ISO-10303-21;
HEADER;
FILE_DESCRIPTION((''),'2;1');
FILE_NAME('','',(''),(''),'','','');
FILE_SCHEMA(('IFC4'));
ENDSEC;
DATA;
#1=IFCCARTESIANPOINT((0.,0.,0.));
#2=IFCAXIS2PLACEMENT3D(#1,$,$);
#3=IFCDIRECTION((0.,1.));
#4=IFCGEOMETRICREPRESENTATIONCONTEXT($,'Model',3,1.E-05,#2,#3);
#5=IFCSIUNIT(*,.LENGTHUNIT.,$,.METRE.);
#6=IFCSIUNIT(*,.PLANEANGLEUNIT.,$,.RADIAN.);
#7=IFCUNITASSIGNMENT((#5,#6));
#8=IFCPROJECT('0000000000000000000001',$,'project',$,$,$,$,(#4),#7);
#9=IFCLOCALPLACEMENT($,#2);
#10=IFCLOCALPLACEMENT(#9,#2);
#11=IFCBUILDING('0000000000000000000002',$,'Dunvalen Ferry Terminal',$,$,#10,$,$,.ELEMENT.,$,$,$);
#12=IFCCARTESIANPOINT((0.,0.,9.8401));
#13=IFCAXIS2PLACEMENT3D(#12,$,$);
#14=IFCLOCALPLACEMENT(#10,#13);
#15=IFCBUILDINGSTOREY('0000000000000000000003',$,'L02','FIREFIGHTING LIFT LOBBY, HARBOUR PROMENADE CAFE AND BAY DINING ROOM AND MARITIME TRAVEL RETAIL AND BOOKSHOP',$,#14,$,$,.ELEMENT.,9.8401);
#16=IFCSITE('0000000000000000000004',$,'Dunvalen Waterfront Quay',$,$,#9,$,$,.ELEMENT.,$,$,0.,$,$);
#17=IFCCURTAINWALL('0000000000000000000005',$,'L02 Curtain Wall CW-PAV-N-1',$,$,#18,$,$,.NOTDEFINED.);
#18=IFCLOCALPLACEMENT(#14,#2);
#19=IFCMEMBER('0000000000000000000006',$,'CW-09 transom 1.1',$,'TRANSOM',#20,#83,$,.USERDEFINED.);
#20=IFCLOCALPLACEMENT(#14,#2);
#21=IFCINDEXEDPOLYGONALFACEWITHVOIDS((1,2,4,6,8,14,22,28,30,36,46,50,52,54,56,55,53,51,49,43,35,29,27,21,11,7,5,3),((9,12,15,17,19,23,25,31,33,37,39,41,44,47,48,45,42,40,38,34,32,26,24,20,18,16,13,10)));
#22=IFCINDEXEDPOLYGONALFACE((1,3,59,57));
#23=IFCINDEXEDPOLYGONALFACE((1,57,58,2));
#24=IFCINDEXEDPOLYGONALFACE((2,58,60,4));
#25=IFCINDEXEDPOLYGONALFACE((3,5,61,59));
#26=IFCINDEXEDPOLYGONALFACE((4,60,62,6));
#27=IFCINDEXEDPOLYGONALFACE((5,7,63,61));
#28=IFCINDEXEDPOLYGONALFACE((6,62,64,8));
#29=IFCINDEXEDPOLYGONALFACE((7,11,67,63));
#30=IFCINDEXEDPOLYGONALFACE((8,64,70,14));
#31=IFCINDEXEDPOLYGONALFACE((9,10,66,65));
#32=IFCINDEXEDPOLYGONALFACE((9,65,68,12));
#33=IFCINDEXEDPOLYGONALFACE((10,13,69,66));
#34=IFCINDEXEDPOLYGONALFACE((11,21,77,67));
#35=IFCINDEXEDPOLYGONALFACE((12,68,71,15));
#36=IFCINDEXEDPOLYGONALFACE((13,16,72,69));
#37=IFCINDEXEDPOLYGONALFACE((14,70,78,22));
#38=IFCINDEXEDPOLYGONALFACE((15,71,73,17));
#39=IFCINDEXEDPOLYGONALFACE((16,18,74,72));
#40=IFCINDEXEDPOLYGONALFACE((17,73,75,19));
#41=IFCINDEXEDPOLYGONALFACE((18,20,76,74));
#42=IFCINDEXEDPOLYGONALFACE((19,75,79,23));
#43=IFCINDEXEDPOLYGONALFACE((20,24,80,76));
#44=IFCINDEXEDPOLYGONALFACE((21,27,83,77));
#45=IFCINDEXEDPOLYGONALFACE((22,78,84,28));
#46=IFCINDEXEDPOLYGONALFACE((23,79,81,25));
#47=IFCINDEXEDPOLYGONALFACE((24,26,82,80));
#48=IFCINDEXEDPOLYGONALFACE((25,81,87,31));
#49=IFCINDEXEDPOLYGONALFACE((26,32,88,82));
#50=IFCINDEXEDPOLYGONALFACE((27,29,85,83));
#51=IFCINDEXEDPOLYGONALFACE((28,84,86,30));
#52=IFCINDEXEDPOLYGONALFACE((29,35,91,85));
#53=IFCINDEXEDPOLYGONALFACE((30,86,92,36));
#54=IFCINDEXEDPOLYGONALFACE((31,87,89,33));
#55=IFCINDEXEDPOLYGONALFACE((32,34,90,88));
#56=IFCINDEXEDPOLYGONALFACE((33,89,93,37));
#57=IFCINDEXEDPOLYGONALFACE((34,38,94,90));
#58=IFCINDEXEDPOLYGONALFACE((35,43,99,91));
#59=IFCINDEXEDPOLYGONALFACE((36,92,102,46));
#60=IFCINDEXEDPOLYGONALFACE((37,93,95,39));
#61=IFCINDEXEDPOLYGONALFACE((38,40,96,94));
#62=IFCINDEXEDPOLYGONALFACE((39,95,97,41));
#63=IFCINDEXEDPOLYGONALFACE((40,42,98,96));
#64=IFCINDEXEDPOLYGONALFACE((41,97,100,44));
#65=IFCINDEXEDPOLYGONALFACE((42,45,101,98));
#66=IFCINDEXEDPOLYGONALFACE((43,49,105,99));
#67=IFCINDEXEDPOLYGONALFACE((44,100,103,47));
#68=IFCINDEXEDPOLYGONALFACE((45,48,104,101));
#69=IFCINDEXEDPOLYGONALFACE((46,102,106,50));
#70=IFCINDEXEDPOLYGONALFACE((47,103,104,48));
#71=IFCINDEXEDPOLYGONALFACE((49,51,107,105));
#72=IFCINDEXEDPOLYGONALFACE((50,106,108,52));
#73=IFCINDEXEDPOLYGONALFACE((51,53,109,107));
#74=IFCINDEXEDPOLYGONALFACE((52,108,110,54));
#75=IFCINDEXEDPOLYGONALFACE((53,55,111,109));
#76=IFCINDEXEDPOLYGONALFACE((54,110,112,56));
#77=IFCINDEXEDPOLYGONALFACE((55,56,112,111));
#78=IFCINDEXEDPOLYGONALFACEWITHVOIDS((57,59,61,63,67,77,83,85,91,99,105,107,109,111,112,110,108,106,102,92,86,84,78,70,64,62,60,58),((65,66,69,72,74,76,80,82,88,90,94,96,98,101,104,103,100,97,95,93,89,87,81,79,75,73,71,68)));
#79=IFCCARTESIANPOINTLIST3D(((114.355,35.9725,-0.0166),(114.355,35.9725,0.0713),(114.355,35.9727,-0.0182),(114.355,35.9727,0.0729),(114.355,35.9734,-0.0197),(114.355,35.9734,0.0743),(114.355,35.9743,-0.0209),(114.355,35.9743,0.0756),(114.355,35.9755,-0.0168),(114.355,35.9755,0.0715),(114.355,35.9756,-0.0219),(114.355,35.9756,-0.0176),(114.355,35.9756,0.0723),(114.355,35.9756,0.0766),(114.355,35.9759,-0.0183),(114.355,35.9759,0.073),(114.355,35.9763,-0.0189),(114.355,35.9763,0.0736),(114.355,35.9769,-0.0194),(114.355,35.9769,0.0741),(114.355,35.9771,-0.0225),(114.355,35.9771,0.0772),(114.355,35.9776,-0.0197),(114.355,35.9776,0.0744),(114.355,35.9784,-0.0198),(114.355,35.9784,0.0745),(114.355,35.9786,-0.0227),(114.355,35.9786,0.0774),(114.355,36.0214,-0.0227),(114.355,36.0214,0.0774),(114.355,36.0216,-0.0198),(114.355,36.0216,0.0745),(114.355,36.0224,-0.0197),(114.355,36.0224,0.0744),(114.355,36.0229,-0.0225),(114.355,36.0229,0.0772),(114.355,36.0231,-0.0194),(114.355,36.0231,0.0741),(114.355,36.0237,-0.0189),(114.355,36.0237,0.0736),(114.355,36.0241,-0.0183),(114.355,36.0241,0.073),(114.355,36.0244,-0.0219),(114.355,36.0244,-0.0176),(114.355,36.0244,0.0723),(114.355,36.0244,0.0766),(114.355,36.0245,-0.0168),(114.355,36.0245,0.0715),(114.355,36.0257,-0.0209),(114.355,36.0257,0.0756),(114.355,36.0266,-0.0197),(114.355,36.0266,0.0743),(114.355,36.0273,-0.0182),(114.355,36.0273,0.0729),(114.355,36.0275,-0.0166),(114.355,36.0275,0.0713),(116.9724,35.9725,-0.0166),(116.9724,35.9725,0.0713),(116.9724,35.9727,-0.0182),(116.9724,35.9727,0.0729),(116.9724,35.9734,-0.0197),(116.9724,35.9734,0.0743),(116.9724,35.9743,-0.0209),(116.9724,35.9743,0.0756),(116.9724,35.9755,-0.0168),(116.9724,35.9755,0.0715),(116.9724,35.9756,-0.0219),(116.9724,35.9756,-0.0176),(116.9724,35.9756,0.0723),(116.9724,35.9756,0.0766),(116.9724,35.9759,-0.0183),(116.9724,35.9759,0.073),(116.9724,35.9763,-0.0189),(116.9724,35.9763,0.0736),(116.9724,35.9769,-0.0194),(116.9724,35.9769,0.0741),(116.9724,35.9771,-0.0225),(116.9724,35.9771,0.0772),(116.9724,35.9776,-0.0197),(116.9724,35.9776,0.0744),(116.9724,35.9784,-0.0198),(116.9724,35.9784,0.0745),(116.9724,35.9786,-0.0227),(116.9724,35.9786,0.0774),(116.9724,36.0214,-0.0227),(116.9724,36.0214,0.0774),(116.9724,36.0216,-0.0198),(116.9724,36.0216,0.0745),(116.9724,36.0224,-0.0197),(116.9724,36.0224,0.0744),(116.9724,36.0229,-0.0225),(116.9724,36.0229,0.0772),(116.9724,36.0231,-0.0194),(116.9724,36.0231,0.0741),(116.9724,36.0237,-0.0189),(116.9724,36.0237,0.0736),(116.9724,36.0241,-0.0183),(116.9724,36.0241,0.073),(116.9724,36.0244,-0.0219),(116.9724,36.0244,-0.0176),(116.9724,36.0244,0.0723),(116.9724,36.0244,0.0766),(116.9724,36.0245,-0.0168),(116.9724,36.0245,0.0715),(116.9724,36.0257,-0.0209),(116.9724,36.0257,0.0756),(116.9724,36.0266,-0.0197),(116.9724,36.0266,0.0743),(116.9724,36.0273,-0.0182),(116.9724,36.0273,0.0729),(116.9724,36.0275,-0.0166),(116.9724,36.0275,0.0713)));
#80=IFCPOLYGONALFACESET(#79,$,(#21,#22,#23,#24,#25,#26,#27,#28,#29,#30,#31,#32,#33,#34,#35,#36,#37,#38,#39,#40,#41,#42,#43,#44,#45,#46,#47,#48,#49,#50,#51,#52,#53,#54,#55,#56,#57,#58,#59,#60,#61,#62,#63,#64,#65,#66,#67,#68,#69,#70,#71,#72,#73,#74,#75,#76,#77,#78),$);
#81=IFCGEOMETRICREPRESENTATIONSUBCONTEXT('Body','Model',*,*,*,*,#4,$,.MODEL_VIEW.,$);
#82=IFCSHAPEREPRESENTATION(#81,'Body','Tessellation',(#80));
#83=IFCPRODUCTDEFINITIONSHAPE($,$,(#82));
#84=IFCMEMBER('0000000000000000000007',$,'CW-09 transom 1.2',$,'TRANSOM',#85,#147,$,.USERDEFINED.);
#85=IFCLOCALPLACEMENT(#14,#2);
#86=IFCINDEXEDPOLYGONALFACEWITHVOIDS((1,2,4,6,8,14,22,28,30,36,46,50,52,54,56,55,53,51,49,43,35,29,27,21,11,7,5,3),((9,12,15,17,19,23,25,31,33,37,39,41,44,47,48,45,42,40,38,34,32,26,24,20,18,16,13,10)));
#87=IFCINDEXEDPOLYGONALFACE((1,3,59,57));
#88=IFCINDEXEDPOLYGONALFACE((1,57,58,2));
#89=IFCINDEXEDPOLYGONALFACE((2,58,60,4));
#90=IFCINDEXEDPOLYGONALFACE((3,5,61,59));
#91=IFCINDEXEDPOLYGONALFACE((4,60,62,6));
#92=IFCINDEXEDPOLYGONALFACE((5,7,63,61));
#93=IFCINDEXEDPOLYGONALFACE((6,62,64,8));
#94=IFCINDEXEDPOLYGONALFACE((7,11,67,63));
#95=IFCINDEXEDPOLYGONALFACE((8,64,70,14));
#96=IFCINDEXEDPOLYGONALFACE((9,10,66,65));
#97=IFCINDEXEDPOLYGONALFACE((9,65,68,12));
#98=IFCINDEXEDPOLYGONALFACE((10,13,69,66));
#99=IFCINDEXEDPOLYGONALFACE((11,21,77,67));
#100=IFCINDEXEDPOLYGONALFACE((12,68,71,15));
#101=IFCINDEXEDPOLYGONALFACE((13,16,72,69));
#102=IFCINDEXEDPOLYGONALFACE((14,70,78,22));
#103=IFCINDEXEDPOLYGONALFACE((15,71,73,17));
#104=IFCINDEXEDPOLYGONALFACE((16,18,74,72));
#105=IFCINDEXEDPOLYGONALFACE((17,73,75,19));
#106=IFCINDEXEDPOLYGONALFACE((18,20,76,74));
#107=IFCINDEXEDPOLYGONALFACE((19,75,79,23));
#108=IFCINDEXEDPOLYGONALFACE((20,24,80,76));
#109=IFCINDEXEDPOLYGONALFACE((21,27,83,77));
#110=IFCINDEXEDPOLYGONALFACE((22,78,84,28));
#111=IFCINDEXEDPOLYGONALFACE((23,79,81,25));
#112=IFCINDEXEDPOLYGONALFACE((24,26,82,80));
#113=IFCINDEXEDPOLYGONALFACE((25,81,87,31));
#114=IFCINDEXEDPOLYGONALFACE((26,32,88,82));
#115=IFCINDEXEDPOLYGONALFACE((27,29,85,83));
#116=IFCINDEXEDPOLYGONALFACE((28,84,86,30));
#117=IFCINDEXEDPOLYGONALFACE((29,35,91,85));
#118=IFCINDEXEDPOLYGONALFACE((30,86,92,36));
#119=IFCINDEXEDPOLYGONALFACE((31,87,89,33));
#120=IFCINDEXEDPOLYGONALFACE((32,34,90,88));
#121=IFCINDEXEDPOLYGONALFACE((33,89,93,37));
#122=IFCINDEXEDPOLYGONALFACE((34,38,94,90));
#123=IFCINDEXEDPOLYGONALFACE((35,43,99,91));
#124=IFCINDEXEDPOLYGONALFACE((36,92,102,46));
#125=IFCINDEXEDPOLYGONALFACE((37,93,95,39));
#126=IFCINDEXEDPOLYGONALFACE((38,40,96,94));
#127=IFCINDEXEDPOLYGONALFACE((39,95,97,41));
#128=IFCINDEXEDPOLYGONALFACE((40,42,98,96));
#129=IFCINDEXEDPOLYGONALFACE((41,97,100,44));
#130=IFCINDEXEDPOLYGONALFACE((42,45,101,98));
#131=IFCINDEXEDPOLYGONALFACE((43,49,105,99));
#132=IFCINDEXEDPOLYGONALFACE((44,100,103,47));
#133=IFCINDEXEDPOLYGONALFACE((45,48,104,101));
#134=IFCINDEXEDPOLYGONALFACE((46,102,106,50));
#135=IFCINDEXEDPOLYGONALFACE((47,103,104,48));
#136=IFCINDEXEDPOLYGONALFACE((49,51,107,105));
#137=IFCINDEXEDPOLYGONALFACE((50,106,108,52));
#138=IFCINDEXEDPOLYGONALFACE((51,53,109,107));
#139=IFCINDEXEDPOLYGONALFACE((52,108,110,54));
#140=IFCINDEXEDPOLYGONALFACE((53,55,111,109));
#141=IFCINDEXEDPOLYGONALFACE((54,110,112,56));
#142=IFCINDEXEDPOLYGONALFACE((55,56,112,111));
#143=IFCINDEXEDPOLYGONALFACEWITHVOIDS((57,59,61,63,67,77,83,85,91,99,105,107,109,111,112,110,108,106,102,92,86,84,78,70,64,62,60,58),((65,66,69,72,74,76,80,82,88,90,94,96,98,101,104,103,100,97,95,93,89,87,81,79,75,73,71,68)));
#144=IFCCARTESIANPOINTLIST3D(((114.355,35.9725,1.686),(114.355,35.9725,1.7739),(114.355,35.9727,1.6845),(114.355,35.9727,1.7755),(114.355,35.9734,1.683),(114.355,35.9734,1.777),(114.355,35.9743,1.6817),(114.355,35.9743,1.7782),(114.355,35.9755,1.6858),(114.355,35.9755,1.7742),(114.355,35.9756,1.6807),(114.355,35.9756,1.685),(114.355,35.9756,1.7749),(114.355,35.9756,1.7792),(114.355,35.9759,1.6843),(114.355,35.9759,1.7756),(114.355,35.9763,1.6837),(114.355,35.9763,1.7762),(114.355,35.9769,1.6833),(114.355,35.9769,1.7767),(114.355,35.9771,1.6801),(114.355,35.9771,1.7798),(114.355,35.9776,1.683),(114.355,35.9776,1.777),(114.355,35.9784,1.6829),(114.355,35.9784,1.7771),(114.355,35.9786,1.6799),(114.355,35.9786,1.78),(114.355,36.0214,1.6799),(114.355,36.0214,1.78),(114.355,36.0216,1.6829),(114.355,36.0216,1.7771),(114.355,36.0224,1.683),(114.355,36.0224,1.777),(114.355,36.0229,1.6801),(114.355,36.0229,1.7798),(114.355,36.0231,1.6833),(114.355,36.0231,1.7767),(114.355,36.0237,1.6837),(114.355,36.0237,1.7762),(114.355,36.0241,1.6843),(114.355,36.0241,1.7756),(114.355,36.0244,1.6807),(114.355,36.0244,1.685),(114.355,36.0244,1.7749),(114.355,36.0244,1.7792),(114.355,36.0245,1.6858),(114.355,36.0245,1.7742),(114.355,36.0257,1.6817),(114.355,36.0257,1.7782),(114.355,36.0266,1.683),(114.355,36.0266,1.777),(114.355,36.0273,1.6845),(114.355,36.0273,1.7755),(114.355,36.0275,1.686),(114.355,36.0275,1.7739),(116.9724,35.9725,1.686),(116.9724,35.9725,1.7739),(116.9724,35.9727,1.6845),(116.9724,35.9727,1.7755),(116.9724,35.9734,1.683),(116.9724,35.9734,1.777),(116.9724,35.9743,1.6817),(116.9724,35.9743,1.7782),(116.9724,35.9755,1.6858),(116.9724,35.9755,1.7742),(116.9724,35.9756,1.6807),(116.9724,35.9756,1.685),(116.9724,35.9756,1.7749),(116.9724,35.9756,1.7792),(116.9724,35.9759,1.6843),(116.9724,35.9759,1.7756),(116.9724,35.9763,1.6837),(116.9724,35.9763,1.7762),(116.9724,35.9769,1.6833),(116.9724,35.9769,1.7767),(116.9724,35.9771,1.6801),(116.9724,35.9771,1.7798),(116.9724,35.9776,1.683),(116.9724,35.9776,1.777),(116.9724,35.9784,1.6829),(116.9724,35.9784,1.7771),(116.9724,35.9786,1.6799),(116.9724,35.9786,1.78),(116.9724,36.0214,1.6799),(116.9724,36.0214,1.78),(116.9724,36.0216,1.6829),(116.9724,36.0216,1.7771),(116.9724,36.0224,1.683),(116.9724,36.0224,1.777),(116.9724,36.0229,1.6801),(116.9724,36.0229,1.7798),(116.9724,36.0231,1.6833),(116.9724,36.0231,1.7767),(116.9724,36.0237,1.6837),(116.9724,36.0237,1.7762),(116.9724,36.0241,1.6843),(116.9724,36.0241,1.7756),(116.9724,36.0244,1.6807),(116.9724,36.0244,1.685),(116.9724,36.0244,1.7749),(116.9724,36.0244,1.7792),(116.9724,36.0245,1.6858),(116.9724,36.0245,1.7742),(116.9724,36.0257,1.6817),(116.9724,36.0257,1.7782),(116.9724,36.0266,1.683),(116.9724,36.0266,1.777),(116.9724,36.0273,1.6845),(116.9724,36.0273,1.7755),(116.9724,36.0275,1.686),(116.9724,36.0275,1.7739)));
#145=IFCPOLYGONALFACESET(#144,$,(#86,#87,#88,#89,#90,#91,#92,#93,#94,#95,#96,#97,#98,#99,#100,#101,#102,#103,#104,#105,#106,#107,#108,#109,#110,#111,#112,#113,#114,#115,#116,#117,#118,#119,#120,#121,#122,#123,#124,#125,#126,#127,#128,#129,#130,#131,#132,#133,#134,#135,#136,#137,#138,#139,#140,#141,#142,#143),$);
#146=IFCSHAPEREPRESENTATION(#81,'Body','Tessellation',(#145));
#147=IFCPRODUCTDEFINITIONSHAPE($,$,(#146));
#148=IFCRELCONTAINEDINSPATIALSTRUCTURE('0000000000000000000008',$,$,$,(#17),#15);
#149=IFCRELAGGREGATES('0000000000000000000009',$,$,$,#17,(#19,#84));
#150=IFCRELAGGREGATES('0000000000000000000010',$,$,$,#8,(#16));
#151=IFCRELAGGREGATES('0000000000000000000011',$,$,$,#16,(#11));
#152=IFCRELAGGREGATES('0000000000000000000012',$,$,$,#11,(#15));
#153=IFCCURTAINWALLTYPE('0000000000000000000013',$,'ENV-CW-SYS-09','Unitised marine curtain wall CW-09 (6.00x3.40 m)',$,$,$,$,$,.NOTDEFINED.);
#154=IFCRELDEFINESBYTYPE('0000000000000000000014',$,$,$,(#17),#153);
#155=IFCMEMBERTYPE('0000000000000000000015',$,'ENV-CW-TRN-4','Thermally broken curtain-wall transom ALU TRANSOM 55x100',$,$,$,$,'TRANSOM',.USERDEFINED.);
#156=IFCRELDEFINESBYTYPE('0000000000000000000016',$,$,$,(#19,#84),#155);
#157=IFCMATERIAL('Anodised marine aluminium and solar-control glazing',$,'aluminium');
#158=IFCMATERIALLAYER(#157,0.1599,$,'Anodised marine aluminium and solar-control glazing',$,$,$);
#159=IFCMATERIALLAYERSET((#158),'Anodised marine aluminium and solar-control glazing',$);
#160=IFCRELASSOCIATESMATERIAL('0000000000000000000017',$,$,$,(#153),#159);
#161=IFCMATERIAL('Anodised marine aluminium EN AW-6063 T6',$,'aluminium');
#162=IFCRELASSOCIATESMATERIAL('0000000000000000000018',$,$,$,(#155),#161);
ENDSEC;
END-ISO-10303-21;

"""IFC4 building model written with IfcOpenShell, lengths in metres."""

from ifc_helpers import new_model, si_unit, direction, frame, origin, origin_2d, place, context, subcontext, project, spatial, hollow_rectangle, extrude, material, layer, layer_set, material_profile, profile_set, type_object, element, aggregate, save


model = new_model("IFC4")

# Units and contexts
model_context = context("Model", 3, precision=1e-05, world=origin(), true_north=direction((0.0, 1.0)))
body_context = subcontext(model_context, "Body", "Model", "MODEL_VIEW")
ifc_project = project(units=[si_unit("LENGTHUNIT", "METRE"), si_unit("PLANEANGLEUNIT", "RADIAN")], contexts=[model_context])

# Site, building, storey
site_placement = place(None, origin())
site = spatial("IfcSite", under=ifc_project, at=site_placement, Name="Dunvalen Waterfront Quay", CompositionType="ELEMENT", RefElevation=0.0)
building_placement = place(site_placement, origin())
building = spatial("IfcBuilding", under=site, at=building_placement, Name="Dunvalen Ferry Terminal", CompositionType="ELEMENT")
storey_placement = place(building_placement, frame((0.0, 0.0, 9.8401)))
storey = spatial("IfcBuildingStorey", under=building, at=storey_placement, Name="L02", Description="FIREFIGHTING LIFT LOBBY, HARBOUR PROMENADE CAFE AND BAY DINING ROOM AND MARITIME TRAVEL RETAIL AND BOOKSHOP", CompositionType="ELEMENT", Elevation=9.8401)

# Curtain wall
ifc_material_1 = material(Name="Anodised marine aluminium and solar-control glazing", Category="aluminium")
ifc_layer_1 = layer(ifc_material_1, 0.1599, Name="Anodised marine aluminium and solar-control glazing")
ifc_layer_set_1 = layer_set([ifc_layer_1], Name="Anodised marine aluminium and solar-control glazing")
curtain_wall_type_1 = type_object("IfcCurtainWallType", Name="ENV-CW-SYS-09", Description="Unitised marine curtain wall CW-09 (6.00x3.40 m)", PredefinedType="NOTDEFINED", material=ifc_layer_set_1)
curtain_wall_1_placement = place(storey_placement, origin())
curtain_wall_1 = element("IfcCurtainWall", 1, at=curtain_wall_1_placement, inside=storey, type_object=curtain_wall_type_1, Name="L02 Curtain Wall CW-PAV-N-1", PredefinedType="NOTDEFINED")
ifc_material_2 = material(Name="Anodised marine aluminium EN AW-6063 T6", Category="aluminium")

# Members
ifc_material_profile_1 = material_profile(ifc_material_2, hollow_rectangle(XDim=0.0549, YDim=0.1001, WallThickness=0.0029, InnerFilletRadius=0.0029, OuterFilletRadius=0.0061, at=origin_2d()), Name="Anodised marine aluminium EN AW-6063 T6")
ifc_profile_set_1 = profile_set([ifc_material_profile_1], Name="Anodised marine aluminium EN AW-6063 T6")
member_type_1 = type_object("IfcMemberType", Name="ENV-CW-TRN-4", Description="Thermally broken curtain-wall transom ALU TRANSOM 55x100", ElementType="TRANSOM", PredefinedType="USERDEFINED", material=ifc_profile_set_1)
member_1_placement = place(storey_placement, frame((114.355, 36.0, 0.0273), z_axis=(1.0, 0.0, 0.0), x_axis=(0.0, 1.0, 0.0)))
member_1 = element("IfcMember", 2, at=member_1_placement, type_object=member_type_1, Name="CW-09 transom 1.1", ObjectType="TRANSOM", PredefinedType="USERDEFINED", context=body_context, shape_type="SweptSolid", body=[
    extrude(hollow_rectangle(XDim=0.0549, YDim=0.1001, WallThickness=0.0029, InnerFilletRadius=0.0029, OuterFilletRadius=0.0061, at=origin_2d()), origin(), (0.0, 0.0, 1.0), 2.6174),
])
member_2_placement = place(storey_placement, frame((114.355, 36.0, 1.73), z_axis=(1.0, 0.0, 0.0), x_axis=(0.0, 1.0, 0.0)))
member_2 = element("IfcMember", 3, at=member_2_placement, type_object=member_type_1, Name="CW-09 transom 1.2", ObjectType="TRANSOM", PredefinedType="USERDEFINED", context=body_context, shape_type="SweptSolid", body=[
    extrude(hollow_rectangle(XDim=0.0549, YDim=0.1001, WallThickness=0.0029, InnerFilletRadius=0.0029, OuterFilletRadius=0.0061, at=origin_2d()), origin(), (0.0, 0.0, 1.0), 2.6174),
])

aggregate(curtain_wall_1, [member_1, member_2])

save(model, "model.ifc")
